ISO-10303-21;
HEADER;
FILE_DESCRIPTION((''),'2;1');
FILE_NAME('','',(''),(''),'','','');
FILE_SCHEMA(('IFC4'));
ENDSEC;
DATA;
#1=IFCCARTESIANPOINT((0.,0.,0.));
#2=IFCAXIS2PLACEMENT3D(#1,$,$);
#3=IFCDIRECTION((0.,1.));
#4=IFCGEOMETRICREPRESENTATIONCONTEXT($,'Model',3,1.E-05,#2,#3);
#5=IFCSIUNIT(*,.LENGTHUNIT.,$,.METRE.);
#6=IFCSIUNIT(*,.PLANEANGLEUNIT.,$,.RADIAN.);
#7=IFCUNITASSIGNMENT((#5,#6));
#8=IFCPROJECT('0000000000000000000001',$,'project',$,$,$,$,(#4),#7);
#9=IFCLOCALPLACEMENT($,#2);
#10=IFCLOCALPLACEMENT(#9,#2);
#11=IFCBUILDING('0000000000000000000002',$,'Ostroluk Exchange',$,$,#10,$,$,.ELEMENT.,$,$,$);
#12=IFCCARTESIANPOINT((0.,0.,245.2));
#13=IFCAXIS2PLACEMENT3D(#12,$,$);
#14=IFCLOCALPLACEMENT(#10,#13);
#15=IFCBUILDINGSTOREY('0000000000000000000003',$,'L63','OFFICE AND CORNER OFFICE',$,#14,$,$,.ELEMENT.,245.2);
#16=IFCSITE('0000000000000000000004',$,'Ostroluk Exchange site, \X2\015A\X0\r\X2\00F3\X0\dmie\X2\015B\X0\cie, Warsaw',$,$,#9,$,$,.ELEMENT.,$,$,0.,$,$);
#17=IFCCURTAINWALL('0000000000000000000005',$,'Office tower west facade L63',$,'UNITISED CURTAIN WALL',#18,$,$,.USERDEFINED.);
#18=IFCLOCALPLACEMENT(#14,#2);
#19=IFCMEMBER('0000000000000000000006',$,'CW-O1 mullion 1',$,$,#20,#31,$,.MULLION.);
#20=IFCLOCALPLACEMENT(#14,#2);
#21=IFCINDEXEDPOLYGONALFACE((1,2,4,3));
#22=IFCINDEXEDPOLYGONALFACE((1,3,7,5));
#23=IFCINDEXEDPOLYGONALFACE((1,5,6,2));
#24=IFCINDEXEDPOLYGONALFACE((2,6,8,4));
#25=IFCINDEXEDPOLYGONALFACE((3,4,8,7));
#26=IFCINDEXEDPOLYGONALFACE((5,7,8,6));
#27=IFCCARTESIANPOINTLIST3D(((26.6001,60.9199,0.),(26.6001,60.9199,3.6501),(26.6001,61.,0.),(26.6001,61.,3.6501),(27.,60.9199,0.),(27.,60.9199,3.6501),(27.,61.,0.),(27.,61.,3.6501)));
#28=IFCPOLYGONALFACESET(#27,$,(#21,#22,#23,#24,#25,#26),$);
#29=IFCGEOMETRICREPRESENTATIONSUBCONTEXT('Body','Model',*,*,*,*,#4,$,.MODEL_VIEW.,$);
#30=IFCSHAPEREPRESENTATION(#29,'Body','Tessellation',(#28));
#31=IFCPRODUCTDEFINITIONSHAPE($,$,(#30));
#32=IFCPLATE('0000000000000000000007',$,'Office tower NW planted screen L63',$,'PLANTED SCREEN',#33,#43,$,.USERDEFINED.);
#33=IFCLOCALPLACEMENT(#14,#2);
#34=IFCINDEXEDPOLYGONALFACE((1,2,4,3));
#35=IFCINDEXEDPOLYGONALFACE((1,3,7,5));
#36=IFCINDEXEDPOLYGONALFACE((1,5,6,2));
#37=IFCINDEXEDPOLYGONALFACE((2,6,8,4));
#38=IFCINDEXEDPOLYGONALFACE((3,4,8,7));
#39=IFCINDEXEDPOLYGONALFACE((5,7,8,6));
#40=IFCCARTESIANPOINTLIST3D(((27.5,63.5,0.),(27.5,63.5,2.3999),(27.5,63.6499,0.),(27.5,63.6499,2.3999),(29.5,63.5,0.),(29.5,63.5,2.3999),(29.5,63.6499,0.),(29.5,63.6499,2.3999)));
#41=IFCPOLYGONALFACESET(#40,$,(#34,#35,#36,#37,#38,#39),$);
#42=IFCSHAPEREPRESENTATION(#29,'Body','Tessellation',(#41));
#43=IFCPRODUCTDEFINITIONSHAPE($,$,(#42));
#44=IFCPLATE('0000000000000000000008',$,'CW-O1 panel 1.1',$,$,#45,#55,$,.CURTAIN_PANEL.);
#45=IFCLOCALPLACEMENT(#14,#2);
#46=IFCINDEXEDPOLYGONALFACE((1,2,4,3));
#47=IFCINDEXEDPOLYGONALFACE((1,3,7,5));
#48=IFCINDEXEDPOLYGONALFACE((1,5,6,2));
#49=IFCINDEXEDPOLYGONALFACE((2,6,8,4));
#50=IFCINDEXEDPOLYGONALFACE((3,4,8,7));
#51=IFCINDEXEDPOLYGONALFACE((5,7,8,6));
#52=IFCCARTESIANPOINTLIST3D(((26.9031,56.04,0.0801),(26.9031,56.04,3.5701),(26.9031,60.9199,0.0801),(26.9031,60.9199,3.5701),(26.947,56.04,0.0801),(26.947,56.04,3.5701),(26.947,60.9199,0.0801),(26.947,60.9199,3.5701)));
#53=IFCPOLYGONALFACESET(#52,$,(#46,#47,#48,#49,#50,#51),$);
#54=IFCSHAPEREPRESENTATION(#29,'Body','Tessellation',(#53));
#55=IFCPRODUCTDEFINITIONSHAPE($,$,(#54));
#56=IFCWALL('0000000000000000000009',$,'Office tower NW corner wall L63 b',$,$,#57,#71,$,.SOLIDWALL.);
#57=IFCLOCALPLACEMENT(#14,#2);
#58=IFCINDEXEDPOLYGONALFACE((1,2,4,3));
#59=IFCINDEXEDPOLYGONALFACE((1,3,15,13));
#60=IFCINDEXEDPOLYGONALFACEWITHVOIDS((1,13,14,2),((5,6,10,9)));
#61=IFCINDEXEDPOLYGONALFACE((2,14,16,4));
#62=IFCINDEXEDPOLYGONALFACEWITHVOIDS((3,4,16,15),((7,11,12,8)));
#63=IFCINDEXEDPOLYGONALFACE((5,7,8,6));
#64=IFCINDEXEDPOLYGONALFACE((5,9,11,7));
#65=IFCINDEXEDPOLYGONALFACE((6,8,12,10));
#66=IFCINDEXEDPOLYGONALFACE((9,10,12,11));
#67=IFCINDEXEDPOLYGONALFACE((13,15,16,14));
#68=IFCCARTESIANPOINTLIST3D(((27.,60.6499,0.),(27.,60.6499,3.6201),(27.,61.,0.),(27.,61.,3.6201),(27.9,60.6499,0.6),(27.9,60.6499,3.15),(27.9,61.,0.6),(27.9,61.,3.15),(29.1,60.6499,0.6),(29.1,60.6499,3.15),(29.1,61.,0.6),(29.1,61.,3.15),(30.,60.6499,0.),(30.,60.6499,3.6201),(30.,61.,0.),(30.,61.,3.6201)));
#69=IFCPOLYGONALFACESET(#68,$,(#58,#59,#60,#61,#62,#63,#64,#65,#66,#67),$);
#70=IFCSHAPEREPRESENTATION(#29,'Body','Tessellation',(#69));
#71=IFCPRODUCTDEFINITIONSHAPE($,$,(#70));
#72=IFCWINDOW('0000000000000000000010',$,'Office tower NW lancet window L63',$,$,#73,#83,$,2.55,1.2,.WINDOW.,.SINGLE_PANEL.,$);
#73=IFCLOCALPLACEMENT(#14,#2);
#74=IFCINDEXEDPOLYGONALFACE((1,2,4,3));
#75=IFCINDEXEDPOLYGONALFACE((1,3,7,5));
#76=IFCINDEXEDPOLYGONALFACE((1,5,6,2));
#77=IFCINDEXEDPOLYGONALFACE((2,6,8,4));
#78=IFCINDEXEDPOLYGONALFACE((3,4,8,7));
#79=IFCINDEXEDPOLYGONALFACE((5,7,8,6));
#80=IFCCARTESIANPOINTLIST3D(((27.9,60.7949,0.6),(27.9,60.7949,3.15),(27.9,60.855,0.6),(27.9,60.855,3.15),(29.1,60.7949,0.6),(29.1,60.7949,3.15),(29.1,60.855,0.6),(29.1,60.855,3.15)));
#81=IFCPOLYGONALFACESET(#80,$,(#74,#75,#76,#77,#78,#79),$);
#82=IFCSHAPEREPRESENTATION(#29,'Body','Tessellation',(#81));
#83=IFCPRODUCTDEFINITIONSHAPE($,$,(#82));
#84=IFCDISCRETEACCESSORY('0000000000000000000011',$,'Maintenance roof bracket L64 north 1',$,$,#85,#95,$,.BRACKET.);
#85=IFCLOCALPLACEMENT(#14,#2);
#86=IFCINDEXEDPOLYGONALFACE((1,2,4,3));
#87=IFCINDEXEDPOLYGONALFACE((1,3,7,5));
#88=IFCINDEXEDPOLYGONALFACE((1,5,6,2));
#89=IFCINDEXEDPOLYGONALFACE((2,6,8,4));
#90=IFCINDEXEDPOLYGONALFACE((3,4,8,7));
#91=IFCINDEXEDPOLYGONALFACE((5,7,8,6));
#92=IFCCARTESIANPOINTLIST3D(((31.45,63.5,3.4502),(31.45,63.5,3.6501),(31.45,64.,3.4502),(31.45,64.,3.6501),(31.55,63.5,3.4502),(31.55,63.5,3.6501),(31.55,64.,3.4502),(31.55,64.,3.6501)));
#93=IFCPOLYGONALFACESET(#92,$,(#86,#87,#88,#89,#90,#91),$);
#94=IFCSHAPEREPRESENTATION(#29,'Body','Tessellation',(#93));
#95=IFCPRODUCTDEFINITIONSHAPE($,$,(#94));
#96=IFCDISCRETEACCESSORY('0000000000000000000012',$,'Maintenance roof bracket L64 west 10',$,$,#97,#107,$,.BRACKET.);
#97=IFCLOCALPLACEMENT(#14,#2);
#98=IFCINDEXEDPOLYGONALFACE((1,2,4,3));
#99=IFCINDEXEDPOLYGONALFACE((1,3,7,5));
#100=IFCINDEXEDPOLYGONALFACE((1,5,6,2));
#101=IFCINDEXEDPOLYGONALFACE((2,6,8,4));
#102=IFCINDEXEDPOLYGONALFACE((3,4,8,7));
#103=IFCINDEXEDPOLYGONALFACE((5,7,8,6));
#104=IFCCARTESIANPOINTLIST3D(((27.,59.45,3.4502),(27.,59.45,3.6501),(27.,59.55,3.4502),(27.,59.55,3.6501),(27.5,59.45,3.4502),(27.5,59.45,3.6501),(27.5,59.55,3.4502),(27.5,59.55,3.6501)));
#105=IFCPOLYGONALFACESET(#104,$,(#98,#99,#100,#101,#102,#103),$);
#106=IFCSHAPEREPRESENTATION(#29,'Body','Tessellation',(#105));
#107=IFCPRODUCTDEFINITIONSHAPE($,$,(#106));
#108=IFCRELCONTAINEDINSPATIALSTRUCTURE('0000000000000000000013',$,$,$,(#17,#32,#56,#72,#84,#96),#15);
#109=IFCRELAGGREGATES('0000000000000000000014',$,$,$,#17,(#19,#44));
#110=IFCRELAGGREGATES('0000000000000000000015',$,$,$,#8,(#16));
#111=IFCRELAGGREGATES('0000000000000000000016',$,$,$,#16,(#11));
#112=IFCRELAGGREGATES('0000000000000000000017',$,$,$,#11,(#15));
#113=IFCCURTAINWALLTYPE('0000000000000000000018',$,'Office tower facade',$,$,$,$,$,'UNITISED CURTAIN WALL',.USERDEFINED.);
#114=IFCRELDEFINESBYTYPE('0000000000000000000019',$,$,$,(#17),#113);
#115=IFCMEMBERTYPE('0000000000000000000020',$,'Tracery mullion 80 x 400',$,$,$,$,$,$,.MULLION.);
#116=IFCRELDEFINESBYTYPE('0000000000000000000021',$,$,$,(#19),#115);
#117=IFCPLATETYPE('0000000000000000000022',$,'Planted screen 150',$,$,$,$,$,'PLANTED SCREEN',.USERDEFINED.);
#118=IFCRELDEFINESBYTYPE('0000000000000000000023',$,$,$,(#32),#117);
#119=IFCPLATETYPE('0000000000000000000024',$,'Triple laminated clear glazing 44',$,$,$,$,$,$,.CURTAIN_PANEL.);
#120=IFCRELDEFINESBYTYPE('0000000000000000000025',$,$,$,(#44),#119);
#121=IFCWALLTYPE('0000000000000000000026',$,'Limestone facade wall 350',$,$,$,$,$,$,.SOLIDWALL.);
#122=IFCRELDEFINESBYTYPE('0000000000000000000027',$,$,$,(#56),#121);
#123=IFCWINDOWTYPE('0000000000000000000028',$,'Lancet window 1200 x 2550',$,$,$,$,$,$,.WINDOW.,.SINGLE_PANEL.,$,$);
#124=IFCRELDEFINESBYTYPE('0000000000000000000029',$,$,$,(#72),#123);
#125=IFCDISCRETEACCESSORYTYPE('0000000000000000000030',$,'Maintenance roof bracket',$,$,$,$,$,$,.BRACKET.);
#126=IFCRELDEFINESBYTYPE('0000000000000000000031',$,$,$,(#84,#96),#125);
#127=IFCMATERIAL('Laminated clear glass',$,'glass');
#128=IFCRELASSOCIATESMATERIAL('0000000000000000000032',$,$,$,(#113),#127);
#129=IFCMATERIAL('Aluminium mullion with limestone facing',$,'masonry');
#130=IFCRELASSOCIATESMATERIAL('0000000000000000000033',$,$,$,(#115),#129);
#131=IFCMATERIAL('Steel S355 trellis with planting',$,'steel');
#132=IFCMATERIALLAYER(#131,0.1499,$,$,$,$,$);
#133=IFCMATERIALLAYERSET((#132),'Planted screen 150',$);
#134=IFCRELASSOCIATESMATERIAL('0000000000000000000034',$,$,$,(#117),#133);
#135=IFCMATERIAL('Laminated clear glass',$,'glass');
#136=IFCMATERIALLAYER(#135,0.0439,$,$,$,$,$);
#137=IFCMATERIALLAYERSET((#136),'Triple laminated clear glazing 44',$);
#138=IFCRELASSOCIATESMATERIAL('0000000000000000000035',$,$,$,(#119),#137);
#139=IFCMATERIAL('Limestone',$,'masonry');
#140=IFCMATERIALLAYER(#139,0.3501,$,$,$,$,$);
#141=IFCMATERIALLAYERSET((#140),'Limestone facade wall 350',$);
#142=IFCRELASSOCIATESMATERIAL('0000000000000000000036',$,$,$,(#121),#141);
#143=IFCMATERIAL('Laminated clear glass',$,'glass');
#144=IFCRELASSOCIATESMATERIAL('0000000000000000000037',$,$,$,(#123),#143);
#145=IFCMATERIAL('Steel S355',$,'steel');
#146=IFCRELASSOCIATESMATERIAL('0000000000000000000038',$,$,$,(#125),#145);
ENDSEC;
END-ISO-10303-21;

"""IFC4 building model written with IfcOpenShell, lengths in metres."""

from ifc_helpers import new_model, si_unit, direction, frame, frame_2d, origin, origin_2d, place, context, subcontext, project, spatial, rectangle, extrude, material, layer, layer_set, material_profile, profile_set, type_object, element, fill, aggregate, save


model = new_model("IFC4")

# Units and contexts
model_context = context("Model", 3, precision=1e-05, world=origin(), true_north=direction((0.0, 1.0)))
body_context = subcontext(model_context, "Body", "Model", "MODEL_VIEW")
ifc_project = project(units=[si_unit("LENGTHUNIT", "METRE"), si_unit("PLANEANGLEUNIT", "RADIAN")], contexts=[model_context])

# Site, building, storey
site_placement = place(None, origin())
site = spatial("IfcSite", under=ifc_project, at=site_placement, Name="Ostroluk Exchange site, Śródmieście, Warsaw", CompositionType="ELEMENT", RefElevation=0.0)
building_placement = place(site_placement, origin())
building = spatial("IfcBuilding", under=site, at=building_placement, Name="Ostroluk Exchange", CompositionType="ELEMENT")
storey_placement = place(building_placement, frame((0.0, 0.0, 245.2)))
storey = spatial("IfcBuildingStorey", under=building, at=storey_placement, Name="L63", Description="OFFICE AND CORNER OFFICE", CompositionType="ELEMENT", Elevation=245.2)

# Curtain wall
ifc_material_1 = material(Name="Laminated clear glass", Category="glass")
curtain_wall_type = type_object("IfcCurtainWallType", Name="Office tower facade", ElementType="UNITISED CURTAIN WALL", PredefinedType="USERDEFINED", material=ifc_material_1)
curtain_wall_1_placement = place(storey_placement, origin())
curtain_wall_1 = element("IfcCurtainWall", 1, at=curtain_wall_1_placement, inside=storey, type_object=curtain_wall_type, Name="Office tower west facade L63", ObjectType="UNITISED CURTAIN WALL", PredefinedType="USERDEFINED")

# Shared definitions
ifc_material_2 = material(Name="Aluminium mullion with limestone facing", Category="masonry")
ifc_material_profile_1 = material_profile(ifc_material_2, rectangle(XDim=0.3999, YDim=0.0801, at=origin_2d()), Name="Tracery mullion 80 x 400")
ifc_profile_set_1 = profile_set([ifc_material_profile_1], Name="Aluminium mullion with limestone facing")
member_type_1 = type_object("IfcMemberType", Name="Tracery mullion 80 x 400", PredefinedType="MULLION", material=ifc_profile_set_1)

# Member
member_1_placement = place(storey_placement, frame((26.8, 60.96, 0.0), z_axis=(0.0, 0.0, 1.0), x_axis=(1.0, 0.0, 0.0)))
member_1 = element("IfcMember", 2, at=member_1_placement, type_object=member_type_1, Name="CW-O1 mullion 1", PredefinedType="MULLION", context=body_context, shape_type="SweptSolid", body=[
    extrude(rectangle(XDim=0.3999, YDim=0.0801, at=origin_2d()), origin(), (0.0, 0.0, 1.0), 3.6501),
])

# Plates
ifc_material_3 = material(Name="Steel S355 trellis with planting", Category="steel")
ifc_layer_1 = layer(ifc_material_3, 0.1499)
ifc_layer_set_1 = layer_set([ifc_layer_1], Name="Planted screen 150")
plate_type_1 = type_object("IfcPlateType", Name="Planted screen 150", ElementType="PLANTED SCREEN", PredefinedType="USERDEFINED", material=ifc_layer_set_1)
plate_1_placement = place(storey_placement, frame((28.5, 63.575, 0.0), z_axis=(0.0, 0.0, 1.0), x_axis=(1.0, 0.0, 0.0)))
element("IfcPlate", 3, at=plate_1_placement, inside=storey, type_object=plate_type_1, Name="Office tower NW planted screen L63", ObjectType="PLANTED SCREEN", PredefinedType="USERDEFINED", context=body_context, shape_type="SweptSolid", body=[
    extrude(rectangle(XDim=2.0, YDim=0.1499, at=origin_2d()), origin(), (0.0, 0.0, 1.0), 2.3999),
])
ifc_material_4 = material(Name="Laminated clear glass", Category="glass")
ifc_layer_2 = layer(ifc_material_4, 0.0439)
ifc_layer_set_2 = layer_set([ifc_layer_2], Name="Triple laminated clear glazing 44")
plate_type_2 = type_object("IfcPlateType", Name="Triple laminated clear glazing 44", PredefinedType="CURTAIN_PANEL", material=ifc_layer_set_2)
plate_2_placement = place(storey_placement, frame((26.925, 58.48, 0.0801), z_axis=(0.0, 0.0, 1.0), x_axis=(0.0, -1.0, 0.0)))
plate_2 = element("IfcPlate", 4, at=plate_2_placement, type_object=plate_type_2, Name="CW-O1 panel 1.1", PredefinedType="CURTAIN_PANEL", context=body_context, shape_type="SweptSolid", body=[
    extrude(rectangle(XDim=4.8799, YDim=0.0439, at=origin_2d()), origin(), (0.0, 0.0, 1.0), 3.49),
])
aggregate(curtain_wall_1, [member_1, plate_2])

# Shared definitions
ifc_material_5 = material(Name="Limestone", Category="masonry")
ifc_layer_3 = layer(ifc_material_5, 0.3501)
ifc_layer_set_3 = layer_set([ifc_layer_3], Name="Limestone facade wall 350")
wall_type = type_object("IfcWallType", Name="Limestone facade wall 350", PredefinedType="SOLIDWALL", material=ifc_layer_set_3)

# Wall, opening, window
wall_1_placement = place(storey_placement, frame((30.0, 60.825, 0.0), z_axis=(0.0, 0.0, 1.0), x_axis=(-1.0, 0.0, 0.0)))
wall_1 = element("IfcWall", 5, at=wall_1_placement, inside=storey, type_object=wall_type, Name="Office tower NW corner wall L63 b", PredefinedType="SOLIDWALL", context=body_context, shape_type="SweptSolid", body=[
    extrude(rectangle(XDim=3.0, YDim=0.3501, at=frame_2d((1.5, 0.0))), origin(), (0.0, 0.0, 1.0), 3.6201),
])
opening_1_placement = place(wall_1_placement, frame((0.8999, 0.0, 0.6001)))
opening_1 = element("IfcOpeningElement", 6, at=opening_1_placement, cuts=wall_1, PredefinedType="OPENING", context=body_context, shape_type="SweptSolid", body=[
    extrude(rectangle(XDim=1.2, YDim=2.55, at=frame_2d((0.6001, 1.2749))), frame((0.0, 0.1851, 0.0), z_axis=(0.0, -1.0, 0.0), x_axis=(1.0, 0.0, 0.0)), (0.0, 0.0, 1.0), 0.3701),
])
ifc_material_6 = material(Name="Laminated clear glass", Category="glass")
window_type = type_object("IfcWindowType", Name="Lancet window 1200 x 2550", PartitioningType="SINGLE_PANEL", PredefinedType="WINDOW", material=ifc_material_6)
window_placement = place(opening_1_placement, origin())
window = element("IfcWindow", 7, at=window_placement, inside=storey, type_object=window_type, Name="Office tower NW lancet window L63", OverallHeight=2.55, OverallWidth=1.2, PartitioningType="SINGLE_PANEL", PredefinedType="WINDOW", context=body_context, shape_type="SweptSolid", body=[
    extrude(rectangle(XDim=1.2, YDim=2.55, at=frame_2d((0.6001, 1.2749))), frame((0.0, 0.03, 0.0), z_axis=(0.0, -1.0, 0.0), x_axis=(1.0, 0.0, 0.0)), (0.0, 0.0, 1.0), 0.0601),
])
fill(opening_1, window)

# Discrete accessories
ifc_material_7 = material(Name="Steel S355", Category="steel")
discrete_accessory_type = type_object("IfcDiscreteAccessoryType", Name="Maintenance roof bracket", PredefinedType="BRACKET", material=ifc_material_7)
discrete_accessory_1_placement = place(storey_placement, frame((31.5, 63.75, 3.4502), z_axis=(0.0, 0.0, 1.0), x_axis=(1.0, 0.0, 0.0)))
element("IfcDiscreteAccessory", 8, at=discrete_accessory_1_placement, inside=storey, type_object=discrete_accessory_type, Name="Maintenance roof bracket L64 north 1", PredefinedType="BRACKET", context=body_context, shape_type="SweptSolid", body=[
    extrude(rectangle(XDim=0.1001, YDim=0.5, at=origin_2d()), origin(), (0.0, 0.0, 1.0), 0.2),
])
discrete_accessory_2_placement = place(storey_placement, frame((27.25, 59.5, 3.4502), z_axis=(0.0, 0.0, 1.0), x_axis=(1.0, 0.0, 0.0)))
element("IfcDiscreteAccessory", 9, at=discrete_accessory_2_placement, inside=storey, type_object=discrete_accessory_type, Name="Maintenance roof bracket L64 west 10", PredefinedType="BRACKET", context=body_context, shape_type="SweptSolid", body=[
    extrude(rectangle(XDim=0.5, YDim=0.1001, at=origin_2d()), origin(), (0.0, 0.0, 1.0), 0.2),
])

save(model, "model.ifc")
